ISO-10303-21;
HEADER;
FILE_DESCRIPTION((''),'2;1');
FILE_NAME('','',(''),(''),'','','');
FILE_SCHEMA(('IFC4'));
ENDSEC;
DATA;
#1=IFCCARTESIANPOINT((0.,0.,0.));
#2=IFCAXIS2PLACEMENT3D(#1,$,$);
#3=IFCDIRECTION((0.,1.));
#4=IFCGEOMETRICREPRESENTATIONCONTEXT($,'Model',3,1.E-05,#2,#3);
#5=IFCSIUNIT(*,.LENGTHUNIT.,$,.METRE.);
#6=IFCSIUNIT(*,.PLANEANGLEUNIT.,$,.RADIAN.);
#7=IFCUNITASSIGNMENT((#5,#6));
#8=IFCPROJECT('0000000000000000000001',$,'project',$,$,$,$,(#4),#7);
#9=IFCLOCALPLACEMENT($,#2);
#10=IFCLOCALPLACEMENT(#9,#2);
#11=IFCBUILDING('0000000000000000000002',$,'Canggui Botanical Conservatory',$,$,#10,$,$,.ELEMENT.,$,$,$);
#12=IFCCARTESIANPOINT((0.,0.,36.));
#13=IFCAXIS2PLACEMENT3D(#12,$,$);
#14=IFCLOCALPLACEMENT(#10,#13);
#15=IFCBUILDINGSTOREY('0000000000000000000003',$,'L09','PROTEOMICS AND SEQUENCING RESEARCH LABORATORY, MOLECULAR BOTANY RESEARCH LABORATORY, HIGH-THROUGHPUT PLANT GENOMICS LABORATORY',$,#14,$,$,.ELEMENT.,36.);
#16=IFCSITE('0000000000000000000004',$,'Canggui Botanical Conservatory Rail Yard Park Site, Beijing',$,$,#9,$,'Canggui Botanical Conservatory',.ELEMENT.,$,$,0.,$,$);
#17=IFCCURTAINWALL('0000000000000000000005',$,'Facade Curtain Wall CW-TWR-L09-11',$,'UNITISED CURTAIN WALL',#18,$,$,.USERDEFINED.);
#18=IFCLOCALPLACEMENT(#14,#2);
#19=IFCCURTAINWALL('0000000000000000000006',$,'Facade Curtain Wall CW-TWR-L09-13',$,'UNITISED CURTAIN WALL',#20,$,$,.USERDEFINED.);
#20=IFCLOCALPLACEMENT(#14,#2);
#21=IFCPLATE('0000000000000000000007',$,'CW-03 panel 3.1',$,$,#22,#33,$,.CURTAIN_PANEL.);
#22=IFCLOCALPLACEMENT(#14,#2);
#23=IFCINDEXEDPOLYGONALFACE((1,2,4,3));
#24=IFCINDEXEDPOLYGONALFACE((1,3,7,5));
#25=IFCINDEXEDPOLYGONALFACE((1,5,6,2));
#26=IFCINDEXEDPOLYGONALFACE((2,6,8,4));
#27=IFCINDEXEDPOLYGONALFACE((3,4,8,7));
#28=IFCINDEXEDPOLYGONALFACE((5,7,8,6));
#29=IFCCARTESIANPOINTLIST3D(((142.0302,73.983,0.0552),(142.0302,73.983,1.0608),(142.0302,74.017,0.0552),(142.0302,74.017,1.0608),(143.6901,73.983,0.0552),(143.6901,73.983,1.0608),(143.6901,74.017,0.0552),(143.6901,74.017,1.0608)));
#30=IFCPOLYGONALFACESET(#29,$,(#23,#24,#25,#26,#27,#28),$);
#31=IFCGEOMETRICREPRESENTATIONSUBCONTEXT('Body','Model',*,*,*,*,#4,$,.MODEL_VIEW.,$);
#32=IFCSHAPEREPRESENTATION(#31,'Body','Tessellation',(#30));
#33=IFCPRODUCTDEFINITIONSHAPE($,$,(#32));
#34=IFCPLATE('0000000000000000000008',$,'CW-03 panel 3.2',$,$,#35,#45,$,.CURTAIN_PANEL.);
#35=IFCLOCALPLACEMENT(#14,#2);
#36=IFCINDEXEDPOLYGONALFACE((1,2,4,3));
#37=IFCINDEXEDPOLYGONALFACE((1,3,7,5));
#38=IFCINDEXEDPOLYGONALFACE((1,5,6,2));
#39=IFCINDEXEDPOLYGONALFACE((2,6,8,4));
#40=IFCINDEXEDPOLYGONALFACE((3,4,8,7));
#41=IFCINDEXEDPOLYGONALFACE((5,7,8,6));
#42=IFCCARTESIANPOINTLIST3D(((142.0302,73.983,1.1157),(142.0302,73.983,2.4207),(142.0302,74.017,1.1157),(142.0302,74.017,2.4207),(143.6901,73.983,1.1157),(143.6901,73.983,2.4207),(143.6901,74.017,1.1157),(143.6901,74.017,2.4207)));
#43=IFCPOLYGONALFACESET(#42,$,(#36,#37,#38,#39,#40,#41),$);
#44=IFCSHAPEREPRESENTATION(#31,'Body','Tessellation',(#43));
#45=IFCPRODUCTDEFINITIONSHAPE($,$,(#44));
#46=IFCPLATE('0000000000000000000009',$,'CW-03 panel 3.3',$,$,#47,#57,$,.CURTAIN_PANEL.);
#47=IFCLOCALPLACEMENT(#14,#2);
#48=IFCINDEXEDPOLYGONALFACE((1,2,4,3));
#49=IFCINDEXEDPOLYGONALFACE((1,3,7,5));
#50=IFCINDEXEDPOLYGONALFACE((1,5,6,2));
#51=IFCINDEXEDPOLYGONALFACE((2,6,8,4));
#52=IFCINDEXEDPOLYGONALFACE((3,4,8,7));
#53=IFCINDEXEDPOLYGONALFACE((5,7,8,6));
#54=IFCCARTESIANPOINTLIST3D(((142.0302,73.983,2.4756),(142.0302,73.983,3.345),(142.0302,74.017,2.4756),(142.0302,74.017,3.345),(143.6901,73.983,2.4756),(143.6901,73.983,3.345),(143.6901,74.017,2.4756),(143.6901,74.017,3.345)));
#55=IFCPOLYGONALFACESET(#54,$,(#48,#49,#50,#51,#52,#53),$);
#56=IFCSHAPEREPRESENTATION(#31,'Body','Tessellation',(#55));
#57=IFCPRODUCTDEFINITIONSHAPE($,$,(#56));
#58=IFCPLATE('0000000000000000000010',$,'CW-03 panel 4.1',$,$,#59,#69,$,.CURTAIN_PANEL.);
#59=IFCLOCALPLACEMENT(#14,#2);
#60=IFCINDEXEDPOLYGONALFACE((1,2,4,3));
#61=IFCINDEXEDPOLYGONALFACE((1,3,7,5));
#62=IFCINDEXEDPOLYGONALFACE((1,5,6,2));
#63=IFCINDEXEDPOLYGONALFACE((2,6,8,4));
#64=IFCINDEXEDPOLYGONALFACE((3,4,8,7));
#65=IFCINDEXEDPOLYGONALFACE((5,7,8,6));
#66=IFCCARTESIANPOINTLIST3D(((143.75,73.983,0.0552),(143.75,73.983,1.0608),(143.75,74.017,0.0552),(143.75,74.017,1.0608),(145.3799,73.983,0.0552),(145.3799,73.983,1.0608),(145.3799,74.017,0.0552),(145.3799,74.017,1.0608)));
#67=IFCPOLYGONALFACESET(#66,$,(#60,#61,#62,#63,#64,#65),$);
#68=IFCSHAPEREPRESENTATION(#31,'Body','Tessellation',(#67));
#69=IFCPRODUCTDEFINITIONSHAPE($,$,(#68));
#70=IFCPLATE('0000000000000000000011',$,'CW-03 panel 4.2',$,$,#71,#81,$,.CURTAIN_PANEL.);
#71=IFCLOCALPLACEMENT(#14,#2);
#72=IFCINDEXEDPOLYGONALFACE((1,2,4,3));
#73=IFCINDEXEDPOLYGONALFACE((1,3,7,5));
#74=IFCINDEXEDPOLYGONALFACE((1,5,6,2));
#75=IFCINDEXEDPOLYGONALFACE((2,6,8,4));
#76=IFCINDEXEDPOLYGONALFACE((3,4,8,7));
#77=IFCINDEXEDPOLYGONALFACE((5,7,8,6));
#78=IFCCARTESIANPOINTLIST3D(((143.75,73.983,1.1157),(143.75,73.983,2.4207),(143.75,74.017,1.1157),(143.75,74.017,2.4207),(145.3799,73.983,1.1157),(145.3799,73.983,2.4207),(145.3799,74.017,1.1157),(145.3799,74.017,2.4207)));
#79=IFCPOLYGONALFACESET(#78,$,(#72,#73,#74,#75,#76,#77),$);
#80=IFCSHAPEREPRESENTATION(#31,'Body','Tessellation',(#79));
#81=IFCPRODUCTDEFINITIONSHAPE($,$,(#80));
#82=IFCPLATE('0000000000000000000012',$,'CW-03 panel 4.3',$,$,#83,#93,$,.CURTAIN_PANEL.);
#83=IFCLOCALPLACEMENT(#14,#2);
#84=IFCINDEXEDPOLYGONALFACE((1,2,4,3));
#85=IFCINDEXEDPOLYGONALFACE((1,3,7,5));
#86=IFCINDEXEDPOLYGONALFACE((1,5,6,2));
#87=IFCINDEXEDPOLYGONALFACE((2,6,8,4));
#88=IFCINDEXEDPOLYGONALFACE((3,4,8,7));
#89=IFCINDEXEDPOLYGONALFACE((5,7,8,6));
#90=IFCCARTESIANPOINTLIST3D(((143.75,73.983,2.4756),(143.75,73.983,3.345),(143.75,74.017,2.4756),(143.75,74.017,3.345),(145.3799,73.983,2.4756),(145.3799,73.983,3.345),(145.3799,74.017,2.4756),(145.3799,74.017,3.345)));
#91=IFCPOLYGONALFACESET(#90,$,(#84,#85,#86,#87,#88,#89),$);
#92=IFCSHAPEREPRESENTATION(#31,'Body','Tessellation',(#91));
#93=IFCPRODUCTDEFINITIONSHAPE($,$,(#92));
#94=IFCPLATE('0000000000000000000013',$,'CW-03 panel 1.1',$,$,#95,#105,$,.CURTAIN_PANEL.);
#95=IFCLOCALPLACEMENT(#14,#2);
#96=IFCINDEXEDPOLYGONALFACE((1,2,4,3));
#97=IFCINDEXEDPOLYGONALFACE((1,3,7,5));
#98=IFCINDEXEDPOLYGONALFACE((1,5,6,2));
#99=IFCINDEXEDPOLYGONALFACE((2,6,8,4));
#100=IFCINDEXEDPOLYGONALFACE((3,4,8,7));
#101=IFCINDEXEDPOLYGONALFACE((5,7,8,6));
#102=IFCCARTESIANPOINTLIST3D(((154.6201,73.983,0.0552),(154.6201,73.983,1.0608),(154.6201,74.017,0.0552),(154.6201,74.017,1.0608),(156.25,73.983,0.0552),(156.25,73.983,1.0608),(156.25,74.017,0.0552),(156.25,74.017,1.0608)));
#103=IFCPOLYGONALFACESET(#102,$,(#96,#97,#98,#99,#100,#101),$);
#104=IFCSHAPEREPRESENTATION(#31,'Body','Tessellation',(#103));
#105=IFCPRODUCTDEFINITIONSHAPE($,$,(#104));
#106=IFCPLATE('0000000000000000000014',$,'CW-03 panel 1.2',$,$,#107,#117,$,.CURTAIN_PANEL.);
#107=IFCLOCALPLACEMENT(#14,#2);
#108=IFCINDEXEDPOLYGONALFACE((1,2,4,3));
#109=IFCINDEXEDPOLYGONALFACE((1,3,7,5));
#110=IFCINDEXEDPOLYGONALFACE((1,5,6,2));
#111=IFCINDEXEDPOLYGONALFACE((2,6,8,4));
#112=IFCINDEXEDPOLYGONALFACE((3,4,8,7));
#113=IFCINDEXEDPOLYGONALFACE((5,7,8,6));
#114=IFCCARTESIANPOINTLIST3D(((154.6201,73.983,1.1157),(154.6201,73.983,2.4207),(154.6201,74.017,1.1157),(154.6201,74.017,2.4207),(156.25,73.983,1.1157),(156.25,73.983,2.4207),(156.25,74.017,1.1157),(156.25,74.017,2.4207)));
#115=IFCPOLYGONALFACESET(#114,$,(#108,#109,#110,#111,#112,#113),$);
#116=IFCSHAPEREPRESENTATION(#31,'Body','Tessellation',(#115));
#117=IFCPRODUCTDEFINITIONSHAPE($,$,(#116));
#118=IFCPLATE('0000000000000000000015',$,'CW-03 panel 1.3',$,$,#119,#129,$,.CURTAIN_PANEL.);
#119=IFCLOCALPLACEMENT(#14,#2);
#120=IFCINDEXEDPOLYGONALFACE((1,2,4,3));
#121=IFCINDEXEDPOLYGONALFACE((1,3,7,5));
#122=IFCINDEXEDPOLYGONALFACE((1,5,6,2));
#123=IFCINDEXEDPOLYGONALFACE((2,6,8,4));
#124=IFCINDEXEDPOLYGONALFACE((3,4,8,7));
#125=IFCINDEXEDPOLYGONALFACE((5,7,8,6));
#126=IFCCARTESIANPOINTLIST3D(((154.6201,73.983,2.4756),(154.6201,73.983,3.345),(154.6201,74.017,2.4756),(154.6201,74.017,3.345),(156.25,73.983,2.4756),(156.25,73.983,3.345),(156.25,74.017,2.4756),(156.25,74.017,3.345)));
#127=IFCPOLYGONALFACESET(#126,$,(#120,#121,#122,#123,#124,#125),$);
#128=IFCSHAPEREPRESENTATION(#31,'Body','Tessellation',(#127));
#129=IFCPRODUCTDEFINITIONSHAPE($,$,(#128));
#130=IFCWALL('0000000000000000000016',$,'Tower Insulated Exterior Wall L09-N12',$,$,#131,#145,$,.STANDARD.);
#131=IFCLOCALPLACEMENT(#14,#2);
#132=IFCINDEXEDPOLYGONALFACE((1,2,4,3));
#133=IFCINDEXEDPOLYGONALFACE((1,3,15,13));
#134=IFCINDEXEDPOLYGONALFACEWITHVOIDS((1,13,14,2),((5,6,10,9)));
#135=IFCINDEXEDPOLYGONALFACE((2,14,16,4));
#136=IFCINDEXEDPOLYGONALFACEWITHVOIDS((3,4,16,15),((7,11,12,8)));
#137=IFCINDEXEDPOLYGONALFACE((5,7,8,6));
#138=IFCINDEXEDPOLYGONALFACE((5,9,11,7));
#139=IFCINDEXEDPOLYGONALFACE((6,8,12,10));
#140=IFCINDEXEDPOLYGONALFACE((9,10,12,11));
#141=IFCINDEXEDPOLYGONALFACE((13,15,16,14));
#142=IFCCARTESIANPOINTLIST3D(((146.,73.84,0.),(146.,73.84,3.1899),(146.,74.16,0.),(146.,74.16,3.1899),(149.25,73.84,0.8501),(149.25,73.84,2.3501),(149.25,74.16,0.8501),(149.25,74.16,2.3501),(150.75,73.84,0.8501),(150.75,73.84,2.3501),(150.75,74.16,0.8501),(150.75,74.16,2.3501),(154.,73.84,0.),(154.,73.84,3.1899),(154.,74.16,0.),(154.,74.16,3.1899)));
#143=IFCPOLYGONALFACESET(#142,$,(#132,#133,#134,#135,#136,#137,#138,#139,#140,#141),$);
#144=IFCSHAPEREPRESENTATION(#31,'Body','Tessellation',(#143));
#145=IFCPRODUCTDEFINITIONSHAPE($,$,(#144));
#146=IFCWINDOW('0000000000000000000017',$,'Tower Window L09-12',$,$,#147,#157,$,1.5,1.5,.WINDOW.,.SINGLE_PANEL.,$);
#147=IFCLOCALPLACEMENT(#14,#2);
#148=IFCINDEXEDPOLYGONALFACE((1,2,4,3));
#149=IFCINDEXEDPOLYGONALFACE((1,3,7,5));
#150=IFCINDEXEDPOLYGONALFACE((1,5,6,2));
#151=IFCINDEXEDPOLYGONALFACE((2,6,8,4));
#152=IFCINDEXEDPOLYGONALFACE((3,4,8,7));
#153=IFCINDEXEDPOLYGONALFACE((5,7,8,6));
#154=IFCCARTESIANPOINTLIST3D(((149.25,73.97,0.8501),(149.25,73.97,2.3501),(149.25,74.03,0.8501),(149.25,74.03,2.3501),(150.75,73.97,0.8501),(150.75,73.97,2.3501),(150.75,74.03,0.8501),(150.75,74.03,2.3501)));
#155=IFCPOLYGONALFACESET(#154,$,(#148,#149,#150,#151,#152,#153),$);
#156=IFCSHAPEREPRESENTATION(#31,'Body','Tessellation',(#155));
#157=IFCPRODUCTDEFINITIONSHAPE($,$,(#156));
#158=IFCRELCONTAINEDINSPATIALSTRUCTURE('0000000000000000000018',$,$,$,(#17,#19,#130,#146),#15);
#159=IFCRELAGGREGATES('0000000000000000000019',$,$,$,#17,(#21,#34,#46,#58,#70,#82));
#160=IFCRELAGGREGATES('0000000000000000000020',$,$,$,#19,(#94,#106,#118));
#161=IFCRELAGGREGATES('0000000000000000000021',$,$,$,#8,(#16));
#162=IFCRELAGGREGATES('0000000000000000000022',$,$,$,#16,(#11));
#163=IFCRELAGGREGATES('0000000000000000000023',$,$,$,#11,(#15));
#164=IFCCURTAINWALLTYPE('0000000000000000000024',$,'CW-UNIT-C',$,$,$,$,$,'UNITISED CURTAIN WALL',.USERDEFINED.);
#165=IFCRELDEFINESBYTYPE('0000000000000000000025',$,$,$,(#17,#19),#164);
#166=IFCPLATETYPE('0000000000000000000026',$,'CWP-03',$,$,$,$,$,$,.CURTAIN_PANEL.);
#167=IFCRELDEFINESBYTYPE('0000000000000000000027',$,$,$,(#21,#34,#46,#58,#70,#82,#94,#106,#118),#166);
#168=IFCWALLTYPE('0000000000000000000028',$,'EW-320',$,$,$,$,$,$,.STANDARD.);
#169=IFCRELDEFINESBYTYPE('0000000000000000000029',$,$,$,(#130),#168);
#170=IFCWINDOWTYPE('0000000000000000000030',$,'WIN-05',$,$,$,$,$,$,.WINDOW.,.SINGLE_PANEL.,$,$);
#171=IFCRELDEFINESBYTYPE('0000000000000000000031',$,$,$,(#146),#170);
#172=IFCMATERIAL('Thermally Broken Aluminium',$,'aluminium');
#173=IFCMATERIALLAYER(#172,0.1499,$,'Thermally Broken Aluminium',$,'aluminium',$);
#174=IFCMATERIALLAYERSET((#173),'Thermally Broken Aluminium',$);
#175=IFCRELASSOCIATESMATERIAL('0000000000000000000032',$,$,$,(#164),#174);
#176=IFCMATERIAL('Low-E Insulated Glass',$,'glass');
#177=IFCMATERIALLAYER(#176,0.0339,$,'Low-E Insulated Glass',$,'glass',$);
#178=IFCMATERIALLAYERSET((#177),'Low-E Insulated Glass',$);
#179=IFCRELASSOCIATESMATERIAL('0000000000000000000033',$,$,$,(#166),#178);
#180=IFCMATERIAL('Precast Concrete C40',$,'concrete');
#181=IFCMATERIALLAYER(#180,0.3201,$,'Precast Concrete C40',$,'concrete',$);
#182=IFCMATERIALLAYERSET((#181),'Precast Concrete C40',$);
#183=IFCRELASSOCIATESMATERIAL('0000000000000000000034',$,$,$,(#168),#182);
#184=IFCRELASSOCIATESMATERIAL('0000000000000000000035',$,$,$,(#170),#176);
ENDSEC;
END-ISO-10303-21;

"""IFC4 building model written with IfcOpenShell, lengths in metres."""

from ifc_helpers import new_model, si_unit, direction, frame, frame_2d, origin, origin_2d, place, context, subcontext, project, spatial, rectangle, extrude, material, layer, layer_set, type_object, element, fill, aggregate, save


model = new_model("IFC4")

# Units and contexts
model_context = context("Model", 3, precision=1e-05, world=origin(), true_north=direction((0.0, 1.0)))
body_context = subcontext(model_context, "Body", "Model", "MODEL_VIEW")
ifc_project = project(units=[si_unit("LENGTHUNIT", "METRE"), si_unit("PLANEANGLEUNIT", "RADIAN")], contexts=[model_context])

# Site, building, storey
site_placement = place(None, origin())
site = spatial("IfcSite", under=ifc_project, at=site_placement, Name="Canggui Botanical Conservatory Rail Yard Park Site, Beijing", LongName="Canggui Botanical Conservatory", CompositionType="ELEMENT", RefElevation=0.0)
building_placement = place(site_placement, origin())
building = spatial("IfcBuilding", under=site, at=building_placement, Name="Canggui Botanical Conservatory", CompositionType="ELEMENT")
storey_placement = place(building_placement, frame((0.0, 0.0, 36.0)))
storey = spatial("IfcBuildingStorey", under=building, at=storey_placement, Name="L09", Description="PROTEOMICS AND SEQUENCING RESEARCH LABORATORY, MOLECULAR BOTANY RESEARCH LABORATORY, HIGH-THROUGHPUT PLANT GENOMICS LABORATORY", CompositionType="ELEMENT", Elevation=36.0)

# Curtain walls
ifc_material_1 = material(Name="Thermally Broken Aluminium", Category="aluminium")
ifc_layer_1 = layer(ifc_material_1, 0.1499, Name="Thermally Broken Aluminium", Category="aluminium")
ifc_layer_set_1 = layer_set([ifc_layer_1], Name="Thermally Broken Aluminium")
curtain_wall_type = type_object("IfcCurtainWallType", Name="CW-UNIT-C", ElementType="UNITISED CURTAIN WALL", PredefinedType="USERDEFINED", material=ifc_layer_set_1)
curtain_wall_1_placement = place(storey_placement, origin())
curtain_wall_1 = element("IfcCurtainWall", 1, at=curtain_wall_1_placement, inside=storey, type_object=curtain_wall_type, Name="Facade Curtain Wall CW-TWR-L09-11", ObjectType="UNITISED CURTAIN WALL", PredefinedType="USERDEFINED")
curtain_wall_2_placement = place(storey_placement, origin())
curtain_wall_2 = element("IfcCurtainWall", 2, at=curtain_wall_2_placement, inside=storey, type_object=curtain_wall_type, Name="Facade Curtain Wall CW-TWR-L09-13", ObjectType="UNITISED CURTAIN WALL", PredefinedType="USERDEFINED")

# Plates
ifc_material_2 = material(Name="Low-E Insulated Glass", Category="glass")
ifc_layer_2 = layer(ifc_material_2, 0.0339, Name="Low-E Insulated Glass", Category="glass")
ifc_layer_set_2 = layer_set([ifc_layer_2], Name="Low-E Insulated Glass")
plate_type = type_object("IfcPlateType", Name="CWP-03", PredefinedType="CURTAIN_PANEL", material=ifc_layer_set_2)
plate_1_placement = place(storey_placement, frame((142.8601, 74.0, 0.0552), z_axis=(0.0, 0.0, 1.0), x_axis=(1.0, 0.0, 0.0)))
plate_1 = element("IfcPlate", 3, at=plate_1_placement, type_object=plate_type, Name="CW-03 panel 3.1", PredefinedType="CURTAIN_PANEL", context=body_context, shape_type="SweptSolid", body=[
    extrude(rectangle(XDim=1.6599, YDim=0.0339, at=origin_2d()), origin(), (0.0, 0.0, 1.0), 1.0056),
])
plate_2_placement = place(storey_placement, frame((142.8601, 74.0, 1.1157), z_axis=(0.0, 0.0, 1.0), x_axis=(1.0, 0.0, 0.0)))
plate_2 = element("IfcPlate", 4, at=plate_2_placement, type_object=plate_type, Name="CW-03 panel 3.2", PredefinedType="CURTAIN_PANEL", context=body_context, shape_type="SweptSolid", body=[
    extrude(rectangle(XDim=1.6599, YDim=0.0339, at=origin_2d()), origin(), (0.0, 0.0, 1.0), 1.3049),
])
plate_3_placement = place(storey_placement, frame((142.8601, 74.0, 2.4756), z_axis=(0.0, 0.0, 1.0), x_axis=(1.0, 0.0, 0.0)))
plate_3 = element("IfcPlate", 5, at=plate_3_placement, type_object=plate_type, Name="CW-03 panel 3.3", PredefinedType="CURTAIN_PANEL", context=body_context, shape_type="SweptSolid", body=[
    extrude(rectangle(XDim=1.6599, YDim=0.0339, at=origin_2d()), origin(), (0.0, 0.0, 1.0), 0.8694),
])
plate_4_placement = place(storey_placement, frame((144.5649, 74.0, 0.0552), z_axis=(0.0, 0.0, 1.0), x_axis=(1.0, 0.0, 0.0)))
plate_4 = element("IfcPlate", 6, at=plate_4_placement, type_object=plate_type, Name="CW-03 panel 4.1", PredefinedType="CURTAIN_PANEL", context=body_context, shape_type="SweptSolid", body=[
    extrude(rectangle(XDim=1.6299, YDim=0.0339, at=origin_2d()), origin(), (0.0, 0.0, 1.0), 1.0056),
])
plate_5_placement = place(storey_placement, frame((144.5649, 74.0, 1.1157), z_axis=(0.0, 0.0, 1.0), x_axis=(1.0, 0.0, 0.0)))
plate_5 = element("IfcPlate", 7, at=plate_5_placement, type_object=plate_type, Name="CW-03 panel 4.2", PredefinedType="CURTAIN_PANEL", context=body_context, shape_type="SweptSolid", body=[
    extrude(rectangle(XDim=1.6299, YDim=0.0339, at=origin_2d()), origin(), (0.0, 0.0, 1.0), 1.3049),
])
plate_6_placement = place(storey_placement, frame((144.5649, 74.0, 2.4756), z_axis=(0.0, 0.0, 1.0), x_axis=(1.0, 0.0, 0.0)))
plate_6 = element("IfcPlate", 8, at=plate_6_placement, type_object=plate_type, Name="CW-03 panel 4.3", PredefinedType="CURTAIN_PANEL", context=body_context, shape_type="SweptSolid", body=[
    extrude(rectangle(XDim=1.6299, YDim=0.0339, at=origin_2d()), origin(), (0.0, 0.0, 1.0), 0.8694),
])
aggregate(curtain_wall_1, [plate_1, plate_2, plate_3, plate_4, plate_5, plate_6])
plate_7_placement = place(storey_placement, frame((155.4351, 74.0, 0.0552), z_axis=(0.0, 0.0, 1.0), x_axis=(1.0, 0.0, 0.0)))
plate_7 = element("IfcPlate", 9, at=plate_7_placement, type_object=plate_type, Name="CW-03 panel 1.1", PredefinedType="CURTAIN_PANEL", context=body_context, shape_type="SweptSolid", body=[
    extrude(rectangle(XDim=1.6299, YDim=0.0339, at=origin_2d()), origin(), (0.0, 0.0, 1.0), 1.0056),
])
plate_8_placement = place(storey_placement, frame((155.4351, 74.0, 1.1157), z_axis=(0.0, 0.0, 1.0), x_axis=(1.0, 0.0, 0.0)))
plate_8 = element("IfcPlate", 10, at=plate_8_placement, type_object=plate_type, Name="CW-03 panel 1.2", PredefinedType="CURTAIN_PANEL", context=body_context, shape_type="SweptSolid", body=[
    extrude(rectangle(XDim=1.6299, YDim=0.0339, at=origin_2d()), origin(), (0.0, 0.0, 1.0), 1.3049),
])
plate_9_placement = place(storey_placement, frame((155.4351, 74.0, 2.4756), z_axis=(0.0, 0.0, 1.0), x_axis=(1.0, 0.0, 0.0)))
plate_9 = element("IfcPlate", 11, at=plate_9_placement, type_object=plate_type, Name="CW-03 panel 1.3", PredefinedType="CURTAIN_PANEL", context=body_context, shape_type="SweptSolid", body=[
    extrude(rectangle(XDim=1.6299, YDim=0.0339, at=origin_2d()), origin(), (0.0, 0.0, 1.0), 0.8694),
])
aggregate(curtain_wall_2, [plate_7, plate_8, plate_9])

# Wall, opening, window
ifc_material_3 = material(Name="Precast Concrete C40", Category="concrete")
ifc_layer_3 = layer(ifc_material_3, 0.3201, Name="Precast Concrete C40", Category="concrete")
ifc_layer_set_3 = layer_set([ifc_layer_3], Name="Precast Concrete C40")
wall_type = type_object("IfcWallType", Name="EW-320", PredefinedType="STANDARD", material=ifc_layer_set_3)
wall_placement = place(storey_placement, frame((146.0, 74.0, 0.0), z_axis=(0.0, 0.0, 1.0), x_axis=(1.0, 0.0, 0.0)))
wall = element("IfcWall", 12, at=wall_placement, inside=storey, type_object=wall_type, Name="Tower Insulated Exterior Wall L09-N12", PredefinedType="STANDARD", context=body_context, shape_type="SweptSolid", body=[
    extrude(rectangle(XDim=8.0, YDim=0.3201, at=frame_2d((4.0, 0.0))), origin(), (0.0, 0.0, 1.0), 3.1899),
])
opening_placement = place(wall_placement, frame((3.25, 0.0, 0.8501)))
opening = element("IfcOpeningElement", 13, at=opening_placement, cuts=wall, PredefinedType="OPENING", context=body_context, shape_type="SweptSolid", body=[
    extrude(rectangle(XDim=1.5, YDim=1.5, at=frame_2d((0.75, 0.75))), frame((0.0, 0.1699, 0.0), z_axis=(0.0, -1.0, 0.0), x_axis=(1.0, 0.0, 0.0)), (0.0, 0.0, 1.0), 0.3401),
])
window_type = type_object("IfcWindowType", Name="WIN-05", PartitioningType="SINGLE_PANEL", PredefinedType="WINDOW", material=ifc_material_2)
window_placement = place(opening_placement, origin())
window = element("IfcWindow", 14, at=window_placement, inside=storey, type_object=window_type, Name="Tower Window L09-12", OverallHeight=1.5, OverallWidth=1.5, PartitioningType="SINGLE_PANEL", PredefinedType="WINDOW", context=body_context, shape_type="SweptSolid", body=[
    extrude(rectangle(XDim=1.5, YDim=1.5, at=frame_2d((0.75, 0.75))), frame((0.0, 0.03, 0.0), z_axis=(0.0, -1.0, 0.0), x_axis=(1.0, 0.0, 0.0)), (0.0, 0.0, 1.0), 0.0601),
])
fill(opening, window)

save(model, "model.ifc")
